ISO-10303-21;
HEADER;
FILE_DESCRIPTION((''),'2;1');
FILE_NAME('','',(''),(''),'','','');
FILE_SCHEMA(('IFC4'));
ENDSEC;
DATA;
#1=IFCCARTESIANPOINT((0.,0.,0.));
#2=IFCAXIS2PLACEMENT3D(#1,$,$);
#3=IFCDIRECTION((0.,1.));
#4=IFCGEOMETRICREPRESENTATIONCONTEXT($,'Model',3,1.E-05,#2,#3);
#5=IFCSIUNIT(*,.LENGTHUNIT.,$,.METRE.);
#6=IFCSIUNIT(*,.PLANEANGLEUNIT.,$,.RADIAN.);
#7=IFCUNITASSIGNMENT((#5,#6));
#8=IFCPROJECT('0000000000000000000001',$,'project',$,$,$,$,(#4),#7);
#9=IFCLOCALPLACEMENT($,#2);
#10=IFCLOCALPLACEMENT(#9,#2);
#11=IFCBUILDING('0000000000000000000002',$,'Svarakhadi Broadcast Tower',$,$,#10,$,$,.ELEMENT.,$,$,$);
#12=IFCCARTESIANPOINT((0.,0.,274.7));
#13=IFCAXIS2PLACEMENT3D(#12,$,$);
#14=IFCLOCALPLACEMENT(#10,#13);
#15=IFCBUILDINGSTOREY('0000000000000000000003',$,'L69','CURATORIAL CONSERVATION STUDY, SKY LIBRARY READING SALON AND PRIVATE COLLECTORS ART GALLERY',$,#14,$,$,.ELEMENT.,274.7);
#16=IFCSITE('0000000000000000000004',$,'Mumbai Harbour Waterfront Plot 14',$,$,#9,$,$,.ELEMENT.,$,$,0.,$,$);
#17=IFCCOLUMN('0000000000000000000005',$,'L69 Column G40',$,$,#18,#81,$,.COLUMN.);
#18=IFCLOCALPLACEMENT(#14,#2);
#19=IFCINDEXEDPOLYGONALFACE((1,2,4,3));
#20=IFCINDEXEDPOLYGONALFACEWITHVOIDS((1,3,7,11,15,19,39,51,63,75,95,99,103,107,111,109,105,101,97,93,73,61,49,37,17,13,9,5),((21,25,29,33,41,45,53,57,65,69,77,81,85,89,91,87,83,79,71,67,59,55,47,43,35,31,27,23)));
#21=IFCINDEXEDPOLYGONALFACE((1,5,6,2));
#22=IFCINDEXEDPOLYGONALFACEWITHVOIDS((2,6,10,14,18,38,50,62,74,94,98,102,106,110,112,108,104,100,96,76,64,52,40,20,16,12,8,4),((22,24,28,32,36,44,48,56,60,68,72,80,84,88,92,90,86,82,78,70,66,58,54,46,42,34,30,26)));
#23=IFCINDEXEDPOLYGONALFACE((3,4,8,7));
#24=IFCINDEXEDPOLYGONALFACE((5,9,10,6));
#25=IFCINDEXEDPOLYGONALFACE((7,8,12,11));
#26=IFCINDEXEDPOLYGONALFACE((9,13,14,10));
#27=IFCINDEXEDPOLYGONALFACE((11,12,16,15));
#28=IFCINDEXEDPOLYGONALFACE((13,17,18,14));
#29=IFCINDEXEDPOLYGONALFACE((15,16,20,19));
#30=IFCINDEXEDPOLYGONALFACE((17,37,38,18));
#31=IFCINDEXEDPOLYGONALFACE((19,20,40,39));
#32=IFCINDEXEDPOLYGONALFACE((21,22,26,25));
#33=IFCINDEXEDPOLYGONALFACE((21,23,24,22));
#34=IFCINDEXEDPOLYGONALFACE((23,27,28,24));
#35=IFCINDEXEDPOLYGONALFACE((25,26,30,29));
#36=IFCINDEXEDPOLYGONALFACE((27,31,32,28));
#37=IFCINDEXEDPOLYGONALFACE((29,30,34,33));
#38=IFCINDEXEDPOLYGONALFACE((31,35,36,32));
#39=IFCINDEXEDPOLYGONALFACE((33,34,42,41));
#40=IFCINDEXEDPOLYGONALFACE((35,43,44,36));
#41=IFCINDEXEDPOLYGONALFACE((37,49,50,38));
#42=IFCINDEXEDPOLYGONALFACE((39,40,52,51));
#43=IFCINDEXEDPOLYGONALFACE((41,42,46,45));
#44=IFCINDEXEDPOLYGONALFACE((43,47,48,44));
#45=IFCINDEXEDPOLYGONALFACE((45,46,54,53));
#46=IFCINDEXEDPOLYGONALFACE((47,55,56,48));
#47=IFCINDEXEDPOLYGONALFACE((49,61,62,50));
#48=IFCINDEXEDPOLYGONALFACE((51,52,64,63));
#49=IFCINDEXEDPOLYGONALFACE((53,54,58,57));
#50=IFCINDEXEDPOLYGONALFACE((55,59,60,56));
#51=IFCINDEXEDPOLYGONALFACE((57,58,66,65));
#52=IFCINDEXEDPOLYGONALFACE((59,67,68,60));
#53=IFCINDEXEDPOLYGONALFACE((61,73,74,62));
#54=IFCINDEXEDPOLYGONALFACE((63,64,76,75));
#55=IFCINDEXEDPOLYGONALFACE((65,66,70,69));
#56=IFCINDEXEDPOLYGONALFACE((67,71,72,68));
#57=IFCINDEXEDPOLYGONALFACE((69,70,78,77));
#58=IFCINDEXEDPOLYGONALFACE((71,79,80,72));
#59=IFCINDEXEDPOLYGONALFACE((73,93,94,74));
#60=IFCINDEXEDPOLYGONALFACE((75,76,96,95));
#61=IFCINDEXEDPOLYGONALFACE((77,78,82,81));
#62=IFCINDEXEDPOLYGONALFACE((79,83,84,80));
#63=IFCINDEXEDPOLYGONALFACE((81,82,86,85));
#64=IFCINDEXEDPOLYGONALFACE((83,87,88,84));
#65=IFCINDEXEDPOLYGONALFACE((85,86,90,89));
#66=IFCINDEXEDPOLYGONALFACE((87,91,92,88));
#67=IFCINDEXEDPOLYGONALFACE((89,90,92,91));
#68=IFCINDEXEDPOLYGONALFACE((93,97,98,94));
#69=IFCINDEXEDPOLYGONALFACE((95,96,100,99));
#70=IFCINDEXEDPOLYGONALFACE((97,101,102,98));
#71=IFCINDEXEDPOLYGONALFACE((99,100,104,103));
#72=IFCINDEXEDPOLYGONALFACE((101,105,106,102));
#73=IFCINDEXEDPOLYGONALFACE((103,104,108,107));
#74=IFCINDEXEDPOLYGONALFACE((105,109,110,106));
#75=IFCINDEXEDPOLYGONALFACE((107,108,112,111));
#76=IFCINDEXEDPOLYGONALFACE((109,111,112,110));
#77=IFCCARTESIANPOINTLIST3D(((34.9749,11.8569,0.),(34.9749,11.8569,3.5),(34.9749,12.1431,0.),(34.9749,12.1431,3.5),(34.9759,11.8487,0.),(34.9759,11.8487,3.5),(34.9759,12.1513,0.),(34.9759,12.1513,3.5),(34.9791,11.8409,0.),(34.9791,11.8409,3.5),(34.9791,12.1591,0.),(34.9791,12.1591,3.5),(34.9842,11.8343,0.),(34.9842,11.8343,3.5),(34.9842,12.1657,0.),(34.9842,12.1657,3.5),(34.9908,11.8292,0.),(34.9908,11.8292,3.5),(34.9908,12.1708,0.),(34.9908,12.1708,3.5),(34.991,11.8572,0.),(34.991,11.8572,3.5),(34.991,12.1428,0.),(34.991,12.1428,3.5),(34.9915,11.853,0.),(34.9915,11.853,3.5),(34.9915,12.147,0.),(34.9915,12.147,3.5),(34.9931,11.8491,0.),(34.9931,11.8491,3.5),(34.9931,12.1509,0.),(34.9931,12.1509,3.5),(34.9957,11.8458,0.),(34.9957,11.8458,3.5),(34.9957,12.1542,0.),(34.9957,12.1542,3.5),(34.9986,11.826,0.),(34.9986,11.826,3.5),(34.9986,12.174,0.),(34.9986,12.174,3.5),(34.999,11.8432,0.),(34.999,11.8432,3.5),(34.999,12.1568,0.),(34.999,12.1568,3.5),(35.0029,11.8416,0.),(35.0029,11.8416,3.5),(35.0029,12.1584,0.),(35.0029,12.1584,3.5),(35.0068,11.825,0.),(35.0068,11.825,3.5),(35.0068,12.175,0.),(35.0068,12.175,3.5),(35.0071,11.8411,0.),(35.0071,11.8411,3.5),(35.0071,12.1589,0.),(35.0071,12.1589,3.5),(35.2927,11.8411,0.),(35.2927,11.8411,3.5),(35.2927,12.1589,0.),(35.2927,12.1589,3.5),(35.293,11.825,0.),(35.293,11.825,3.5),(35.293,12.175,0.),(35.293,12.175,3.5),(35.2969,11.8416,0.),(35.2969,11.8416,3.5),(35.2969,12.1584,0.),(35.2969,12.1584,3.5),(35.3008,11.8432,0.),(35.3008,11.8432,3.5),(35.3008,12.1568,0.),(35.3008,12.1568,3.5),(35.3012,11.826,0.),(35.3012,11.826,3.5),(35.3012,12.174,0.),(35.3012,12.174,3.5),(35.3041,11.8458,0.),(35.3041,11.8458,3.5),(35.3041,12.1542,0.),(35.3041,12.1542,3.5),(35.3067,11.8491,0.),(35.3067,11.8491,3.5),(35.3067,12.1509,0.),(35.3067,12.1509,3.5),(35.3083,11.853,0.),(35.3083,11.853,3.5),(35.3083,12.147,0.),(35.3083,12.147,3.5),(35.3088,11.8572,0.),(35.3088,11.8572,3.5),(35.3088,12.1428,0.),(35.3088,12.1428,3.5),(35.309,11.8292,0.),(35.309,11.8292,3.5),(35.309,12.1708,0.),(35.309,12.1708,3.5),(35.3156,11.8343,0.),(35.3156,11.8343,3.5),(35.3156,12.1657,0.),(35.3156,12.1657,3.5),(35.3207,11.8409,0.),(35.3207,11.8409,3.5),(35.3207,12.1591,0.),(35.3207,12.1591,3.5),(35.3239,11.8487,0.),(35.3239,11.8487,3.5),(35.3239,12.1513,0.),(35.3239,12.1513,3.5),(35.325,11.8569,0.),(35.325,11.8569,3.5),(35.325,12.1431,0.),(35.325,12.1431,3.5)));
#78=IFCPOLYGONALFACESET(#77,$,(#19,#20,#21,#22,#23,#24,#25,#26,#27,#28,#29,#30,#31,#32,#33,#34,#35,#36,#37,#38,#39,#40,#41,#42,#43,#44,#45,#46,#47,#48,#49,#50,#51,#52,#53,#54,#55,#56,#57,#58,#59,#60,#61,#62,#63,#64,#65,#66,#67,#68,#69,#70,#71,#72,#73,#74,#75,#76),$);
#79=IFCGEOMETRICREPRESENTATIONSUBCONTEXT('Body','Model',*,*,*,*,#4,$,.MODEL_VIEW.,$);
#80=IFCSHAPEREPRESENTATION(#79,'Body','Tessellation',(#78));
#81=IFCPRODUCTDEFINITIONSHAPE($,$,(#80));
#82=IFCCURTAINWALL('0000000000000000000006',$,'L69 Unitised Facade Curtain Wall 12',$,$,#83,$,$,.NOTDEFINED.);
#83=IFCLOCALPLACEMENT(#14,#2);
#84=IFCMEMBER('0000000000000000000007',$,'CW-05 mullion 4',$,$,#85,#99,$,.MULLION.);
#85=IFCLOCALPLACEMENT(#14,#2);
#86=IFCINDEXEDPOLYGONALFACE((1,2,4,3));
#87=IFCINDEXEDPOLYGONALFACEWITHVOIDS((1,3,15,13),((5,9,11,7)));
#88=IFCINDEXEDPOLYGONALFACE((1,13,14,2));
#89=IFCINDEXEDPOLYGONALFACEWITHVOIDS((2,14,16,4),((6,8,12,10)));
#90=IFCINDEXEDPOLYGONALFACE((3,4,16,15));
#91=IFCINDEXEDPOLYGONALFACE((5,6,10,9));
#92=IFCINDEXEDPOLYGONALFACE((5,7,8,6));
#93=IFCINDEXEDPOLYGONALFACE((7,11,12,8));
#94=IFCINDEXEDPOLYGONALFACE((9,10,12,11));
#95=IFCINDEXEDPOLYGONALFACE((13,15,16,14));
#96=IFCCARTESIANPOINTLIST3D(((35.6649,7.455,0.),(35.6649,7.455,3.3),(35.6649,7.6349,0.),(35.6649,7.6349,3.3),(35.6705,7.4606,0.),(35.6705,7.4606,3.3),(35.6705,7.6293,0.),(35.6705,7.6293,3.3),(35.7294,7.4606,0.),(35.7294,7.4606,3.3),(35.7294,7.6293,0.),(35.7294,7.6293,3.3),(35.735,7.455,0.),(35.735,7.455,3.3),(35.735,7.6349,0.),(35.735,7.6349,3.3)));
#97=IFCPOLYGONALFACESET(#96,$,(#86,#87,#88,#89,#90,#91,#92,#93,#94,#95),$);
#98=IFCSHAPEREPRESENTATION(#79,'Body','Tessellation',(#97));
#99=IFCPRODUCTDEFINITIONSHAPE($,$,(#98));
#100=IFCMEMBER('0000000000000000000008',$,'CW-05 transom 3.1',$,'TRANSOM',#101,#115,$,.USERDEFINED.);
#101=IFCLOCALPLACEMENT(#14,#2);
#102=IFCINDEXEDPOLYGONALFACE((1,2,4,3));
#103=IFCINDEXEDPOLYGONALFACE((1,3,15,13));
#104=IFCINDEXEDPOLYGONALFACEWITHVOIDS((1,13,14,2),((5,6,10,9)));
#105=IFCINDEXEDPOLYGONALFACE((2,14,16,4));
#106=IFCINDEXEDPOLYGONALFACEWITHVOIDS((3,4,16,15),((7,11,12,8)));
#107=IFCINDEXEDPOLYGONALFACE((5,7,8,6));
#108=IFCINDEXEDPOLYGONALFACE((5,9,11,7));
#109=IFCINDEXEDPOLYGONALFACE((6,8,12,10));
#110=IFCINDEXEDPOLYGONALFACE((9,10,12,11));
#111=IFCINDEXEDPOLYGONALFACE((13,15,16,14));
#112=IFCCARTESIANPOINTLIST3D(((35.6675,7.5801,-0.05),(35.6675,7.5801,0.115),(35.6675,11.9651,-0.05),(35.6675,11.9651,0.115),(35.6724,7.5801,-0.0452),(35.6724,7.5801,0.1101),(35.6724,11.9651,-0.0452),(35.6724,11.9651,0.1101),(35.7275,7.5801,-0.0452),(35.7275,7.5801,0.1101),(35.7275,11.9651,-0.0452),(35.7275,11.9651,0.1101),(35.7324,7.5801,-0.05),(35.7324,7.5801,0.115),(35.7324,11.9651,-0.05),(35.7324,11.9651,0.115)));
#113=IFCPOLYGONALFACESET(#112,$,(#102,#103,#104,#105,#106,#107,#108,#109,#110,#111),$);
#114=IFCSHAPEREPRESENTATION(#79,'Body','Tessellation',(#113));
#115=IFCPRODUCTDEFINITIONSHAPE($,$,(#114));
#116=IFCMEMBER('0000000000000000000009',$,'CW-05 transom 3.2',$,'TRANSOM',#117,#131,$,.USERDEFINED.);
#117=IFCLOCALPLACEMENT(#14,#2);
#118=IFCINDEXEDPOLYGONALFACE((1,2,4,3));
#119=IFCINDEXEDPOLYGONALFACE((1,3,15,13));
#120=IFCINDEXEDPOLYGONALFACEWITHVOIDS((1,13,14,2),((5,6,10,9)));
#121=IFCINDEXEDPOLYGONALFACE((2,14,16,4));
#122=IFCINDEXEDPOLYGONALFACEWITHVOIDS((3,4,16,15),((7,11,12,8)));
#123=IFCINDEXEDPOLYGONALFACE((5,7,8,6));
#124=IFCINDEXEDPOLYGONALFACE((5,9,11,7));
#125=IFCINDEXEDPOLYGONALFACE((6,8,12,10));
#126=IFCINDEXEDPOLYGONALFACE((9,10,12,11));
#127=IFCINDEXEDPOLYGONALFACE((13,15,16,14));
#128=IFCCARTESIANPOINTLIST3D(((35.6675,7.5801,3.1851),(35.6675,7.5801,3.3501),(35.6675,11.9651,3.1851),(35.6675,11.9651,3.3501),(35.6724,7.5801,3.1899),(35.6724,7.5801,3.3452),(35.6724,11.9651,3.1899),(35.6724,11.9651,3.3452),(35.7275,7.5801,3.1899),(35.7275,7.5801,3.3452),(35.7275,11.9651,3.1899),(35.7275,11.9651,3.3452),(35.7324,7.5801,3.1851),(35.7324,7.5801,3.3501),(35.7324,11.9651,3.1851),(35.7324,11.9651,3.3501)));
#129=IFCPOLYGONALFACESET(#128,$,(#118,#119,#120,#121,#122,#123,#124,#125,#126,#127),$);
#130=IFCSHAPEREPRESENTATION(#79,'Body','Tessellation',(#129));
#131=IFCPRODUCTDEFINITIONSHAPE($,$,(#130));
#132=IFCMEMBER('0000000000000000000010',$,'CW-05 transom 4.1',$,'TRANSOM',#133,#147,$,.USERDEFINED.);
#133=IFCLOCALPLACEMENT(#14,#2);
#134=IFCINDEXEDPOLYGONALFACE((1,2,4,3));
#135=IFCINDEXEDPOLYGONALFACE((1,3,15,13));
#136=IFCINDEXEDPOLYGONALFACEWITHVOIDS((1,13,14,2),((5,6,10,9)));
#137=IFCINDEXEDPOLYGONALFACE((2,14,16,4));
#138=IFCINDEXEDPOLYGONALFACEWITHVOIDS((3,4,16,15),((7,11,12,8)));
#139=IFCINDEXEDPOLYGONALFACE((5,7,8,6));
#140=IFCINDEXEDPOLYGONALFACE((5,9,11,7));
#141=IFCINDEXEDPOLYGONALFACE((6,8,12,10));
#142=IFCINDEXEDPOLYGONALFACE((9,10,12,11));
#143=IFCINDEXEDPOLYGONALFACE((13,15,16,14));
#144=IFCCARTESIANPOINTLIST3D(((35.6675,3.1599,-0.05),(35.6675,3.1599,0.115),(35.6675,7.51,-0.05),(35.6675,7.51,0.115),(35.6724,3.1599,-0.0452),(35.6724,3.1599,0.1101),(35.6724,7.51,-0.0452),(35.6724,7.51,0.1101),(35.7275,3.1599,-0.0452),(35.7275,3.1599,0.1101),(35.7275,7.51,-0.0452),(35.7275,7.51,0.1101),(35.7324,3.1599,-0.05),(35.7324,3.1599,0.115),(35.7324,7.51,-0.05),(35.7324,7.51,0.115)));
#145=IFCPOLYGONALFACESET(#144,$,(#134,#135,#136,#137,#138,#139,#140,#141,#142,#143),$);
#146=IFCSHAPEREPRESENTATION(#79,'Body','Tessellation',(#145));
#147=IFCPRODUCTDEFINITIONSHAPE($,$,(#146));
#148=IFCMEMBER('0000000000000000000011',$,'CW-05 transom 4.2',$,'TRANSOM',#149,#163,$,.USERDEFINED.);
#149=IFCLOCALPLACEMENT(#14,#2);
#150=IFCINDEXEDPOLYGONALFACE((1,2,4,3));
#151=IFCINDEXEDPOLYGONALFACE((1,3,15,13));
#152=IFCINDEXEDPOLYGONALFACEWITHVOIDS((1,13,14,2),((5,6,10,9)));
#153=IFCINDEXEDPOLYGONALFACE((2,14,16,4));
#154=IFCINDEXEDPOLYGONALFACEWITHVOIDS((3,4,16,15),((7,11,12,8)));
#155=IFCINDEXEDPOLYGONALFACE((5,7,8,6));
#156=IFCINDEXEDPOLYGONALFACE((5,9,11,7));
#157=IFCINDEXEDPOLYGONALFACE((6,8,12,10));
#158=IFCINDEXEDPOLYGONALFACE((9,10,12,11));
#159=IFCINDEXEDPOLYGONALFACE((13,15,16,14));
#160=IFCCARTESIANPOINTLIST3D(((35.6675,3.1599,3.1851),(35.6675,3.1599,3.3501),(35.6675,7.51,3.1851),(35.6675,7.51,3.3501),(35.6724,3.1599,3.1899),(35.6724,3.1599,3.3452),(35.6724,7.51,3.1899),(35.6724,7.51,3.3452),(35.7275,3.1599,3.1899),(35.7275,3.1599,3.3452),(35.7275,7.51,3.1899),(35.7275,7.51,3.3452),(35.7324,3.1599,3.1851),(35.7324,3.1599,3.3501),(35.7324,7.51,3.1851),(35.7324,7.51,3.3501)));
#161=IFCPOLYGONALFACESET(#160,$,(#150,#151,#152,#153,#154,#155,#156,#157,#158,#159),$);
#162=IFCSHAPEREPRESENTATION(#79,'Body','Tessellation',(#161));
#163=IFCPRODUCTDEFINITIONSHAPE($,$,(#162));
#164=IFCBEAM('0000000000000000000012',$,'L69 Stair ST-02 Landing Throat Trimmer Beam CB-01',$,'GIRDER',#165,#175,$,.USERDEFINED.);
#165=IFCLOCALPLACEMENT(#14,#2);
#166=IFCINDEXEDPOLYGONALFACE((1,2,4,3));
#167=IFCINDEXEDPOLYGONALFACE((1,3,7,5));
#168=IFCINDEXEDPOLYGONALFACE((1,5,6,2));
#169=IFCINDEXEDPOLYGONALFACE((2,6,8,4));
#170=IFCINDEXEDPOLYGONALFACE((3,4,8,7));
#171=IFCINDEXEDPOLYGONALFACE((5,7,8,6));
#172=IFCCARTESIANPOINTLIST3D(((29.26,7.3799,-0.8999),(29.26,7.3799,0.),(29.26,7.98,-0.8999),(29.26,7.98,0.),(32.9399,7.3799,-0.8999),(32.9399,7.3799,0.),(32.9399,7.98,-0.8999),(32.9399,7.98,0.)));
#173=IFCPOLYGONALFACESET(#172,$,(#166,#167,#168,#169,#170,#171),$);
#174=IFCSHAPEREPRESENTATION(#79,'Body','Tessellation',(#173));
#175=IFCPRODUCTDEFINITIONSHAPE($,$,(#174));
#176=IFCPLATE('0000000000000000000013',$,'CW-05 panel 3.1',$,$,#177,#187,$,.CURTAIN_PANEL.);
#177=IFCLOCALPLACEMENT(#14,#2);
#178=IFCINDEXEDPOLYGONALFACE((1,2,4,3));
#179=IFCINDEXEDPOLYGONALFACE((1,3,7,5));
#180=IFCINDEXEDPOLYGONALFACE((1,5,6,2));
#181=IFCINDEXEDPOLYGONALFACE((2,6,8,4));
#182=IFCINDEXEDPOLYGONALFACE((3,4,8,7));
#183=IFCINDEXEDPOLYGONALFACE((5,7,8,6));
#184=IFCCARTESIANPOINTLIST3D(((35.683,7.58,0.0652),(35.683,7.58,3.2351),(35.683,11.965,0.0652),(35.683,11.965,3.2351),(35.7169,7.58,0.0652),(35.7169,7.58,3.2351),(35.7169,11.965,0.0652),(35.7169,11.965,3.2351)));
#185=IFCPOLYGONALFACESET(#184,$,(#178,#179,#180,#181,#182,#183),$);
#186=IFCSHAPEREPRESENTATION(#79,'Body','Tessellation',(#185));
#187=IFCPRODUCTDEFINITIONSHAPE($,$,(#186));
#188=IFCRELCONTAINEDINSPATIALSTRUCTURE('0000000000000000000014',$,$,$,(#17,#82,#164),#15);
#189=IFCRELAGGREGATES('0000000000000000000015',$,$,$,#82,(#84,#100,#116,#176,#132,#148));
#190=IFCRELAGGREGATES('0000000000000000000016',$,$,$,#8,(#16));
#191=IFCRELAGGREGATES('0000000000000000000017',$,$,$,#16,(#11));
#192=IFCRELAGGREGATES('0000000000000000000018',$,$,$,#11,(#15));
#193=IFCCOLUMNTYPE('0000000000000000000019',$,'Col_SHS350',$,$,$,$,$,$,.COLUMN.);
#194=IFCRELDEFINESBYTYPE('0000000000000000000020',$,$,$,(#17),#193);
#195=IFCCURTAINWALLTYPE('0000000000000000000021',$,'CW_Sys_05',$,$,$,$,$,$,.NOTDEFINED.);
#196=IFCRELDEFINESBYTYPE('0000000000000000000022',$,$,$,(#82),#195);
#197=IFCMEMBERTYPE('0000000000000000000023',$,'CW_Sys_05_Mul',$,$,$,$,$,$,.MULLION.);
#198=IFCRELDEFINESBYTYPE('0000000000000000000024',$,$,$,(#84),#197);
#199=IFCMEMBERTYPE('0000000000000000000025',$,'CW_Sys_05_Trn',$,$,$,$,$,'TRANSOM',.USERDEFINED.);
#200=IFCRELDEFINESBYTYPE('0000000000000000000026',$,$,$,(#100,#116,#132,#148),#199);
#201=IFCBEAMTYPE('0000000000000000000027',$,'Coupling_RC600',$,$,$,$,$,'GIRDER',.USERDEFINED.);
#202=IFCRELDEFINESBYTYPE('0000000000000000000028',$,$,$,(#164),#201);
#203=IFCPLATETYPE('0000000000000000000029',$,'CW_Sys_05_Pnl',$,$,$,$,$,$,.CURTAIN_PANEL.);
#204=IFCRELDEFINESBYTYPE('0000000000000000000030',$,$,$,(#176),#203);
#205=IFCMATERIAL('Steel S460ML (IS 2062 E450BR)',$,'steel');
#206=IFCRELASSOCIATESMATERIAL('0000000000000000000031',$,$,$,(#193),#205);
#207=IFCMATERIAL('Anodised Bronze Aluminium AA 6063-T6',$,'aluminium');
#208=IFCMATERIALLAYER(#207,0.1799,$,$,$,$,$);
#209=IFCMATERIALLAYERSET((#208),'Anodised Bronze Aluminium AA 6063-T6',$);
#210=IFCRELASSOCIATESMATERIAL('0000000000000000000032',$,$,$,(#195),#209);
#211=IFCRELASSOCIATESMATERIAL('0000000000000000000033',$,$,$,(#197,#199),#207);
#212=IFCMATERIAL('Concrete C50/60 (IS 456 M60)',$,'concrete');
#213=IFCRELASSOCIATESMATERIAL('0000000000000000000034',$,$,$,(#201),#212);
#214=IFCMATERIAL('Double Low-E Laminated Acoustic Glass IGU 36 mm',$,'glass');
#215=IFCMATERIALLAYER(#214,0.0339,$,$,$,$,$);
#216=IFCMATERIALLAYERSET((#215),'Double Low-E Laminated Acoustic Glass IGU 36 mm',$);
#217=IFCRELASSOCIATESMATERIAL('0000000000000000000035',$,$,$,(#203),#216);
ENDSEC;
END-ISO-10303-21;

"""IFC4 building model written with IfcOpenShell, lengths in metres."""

from ifc_helpers import new_model, si_unit, direction, frame, origin, origin_2d, place, context, subcontext, project, spatial, rectangle, hollow_rectangle, extrude, material, layer, layer_set, material_profile, profile_set, type_object, element, aggregate, save


model = new_model("IFC4")

# Units and contexts
model_context = context("Model", 3, precision=1e-05, world=origin(), true_north=direction((0.0, 1.0)))
body_context = subcontext(model_context, "Body", "Model", "MODEL_VIEW")
ifc_project = project(units=[si_unit("LENGTHUNIT", "METRE"), si_unit("PLANEANGLEUNIT", "RADIAN")], contexts=[model_context])

# Site, building, storey
site_placement = place(None, origin())
site = spatial("IfcSite", under=ifc_project, at=site_placement, Name="Mumbai Harbour Waterfront Plot 14", CompositionType="ELEMENT", RefElevation=0.0)
building_placement = place(site_placement, origin())
building = spatial("IfcBuilding", under=site, at=building_placement, Name="Svarakhadi Broadcast Tower", CompositionType="ELEMENT")
storey_placement = place(building_placement, frame((0.0, 0.0, 274.7)))
storey = spatial("IfcBuildingStorey", under=building, at=storey_placement, Name="L69", Description="CURATORIAL CONSERVATION STUDY, SKY LIBRARY READING SALON AND PRIVATE COLLECTORS ART GALLERY", CompositionType="ELEMENT", Elevation=274.7)

# Column
ifc_material_1 = material(Name="Steel S460ML (IS 2062 E450BR)", Category="steel")
ifc_material_profile_1 = material_profile(ifc_material_1, hollow_rectangle(XDim=0.3501, YDim=0.3501, WallThickness=0.0161, InnerFilletRadius=0.0161, OuterFilletRadius=0.032, at=origin_2d()), Name="SHS 350x350x16")
ifc_profile_set_1 = profile_set([ifc_material_profile_1], Name="Steel S460ML (IS 2062 E450BR)")
column_type = type_object("IfcColumnType", Name="Col_SHS350", PredefinedType="COLUMN", material=ifc_profile_set_1)
column_placement = place(storey_placement, frame((35.1499, 12.0, 0.0), z_axis=(0.0, 0.0, 1.0), x_axis=(1.0, 0.0, 0.0)))
element("IfcColumn", 1, at=column_placement, inside=storey, type_object=column_type, Name="L69 Column G40", PredefinedType="COLUMN", context=body_context, shape_type="SweptSolid", body=[
    extrude(hollow_rectangle(XDim=0.3501, YDim=0.3501, WallThickness=0.0161, InnerFilletRadius=0.0161, OuterFilletRadius=0.032, at=origin_2d()), origin(), (0.0, 0.0, 1.0), 3.5),
])

# Curtain wall, members
ifc_material_2 = material(Name="Anodised Bronze Aluminium AA 6063-T6", Category="aluminium")
ifc_layer_1 = layer(ifc_material_2, 0.1799)
ifc_layer_set_1 = layer_set([ifc_layer_1], Name="Anodised Bronze Aluminium AA 6063-T6")
curtain_wall_type = type_object("IfcCurtainWallType", Name="CW_Sys_05", PredefinedType="NOTDEFINED", material=ifc_layer_set_1)
curtain_wall_placement = place(storey_placement, origin())
curtain_wall = element("IfcCurtainWall", 2, at=curtain_wall_placement, inside=storey, type_object=curtain_wall_type, Name="L69 Unitised Facade Curtain Wall 12", PredefinedType="NOTDEFINED")
ifc_material_profile_2 = material_profile(ifc_material_2, hollow_rectangle(XDim=0.0701, YDim=0.1799, WallThickness=0.0056, at=origin_2d()), Name="ALU MULLION 180x70x6")
ifc_profile_set_2 = profile_set([ifc_material_profile_2], Name="Anodised Bronze Aluminium AA 6063-T6")
member_type_1 = type_object("IfcMemberType", Name="CW_Sys_05_Mul", PredefinedType="MULLION", material=ifc_profile_set_2)
member_1_placement = place(storey_placement, frame((35.7, 7.5449, 0.0), z_axis=(0.0, 0.0, 1.0), x_axis=(1.0, 0.0, 0.0)))
member_1 = element("IfcMember", 3, at=member_1_placement, type_object=member_type_1, Name="CW-05 mullion 4", PredefinedType="MULLION", context=body_context, shape_type="SweptSolid", body=[
    extrude(hollow_rectangle(XDim=0.0701, YDim=0.1799, WallThickness=0.0056, at=origin_2d()), origin(), (0.0, 0.0, 1.0), 3.3),
])
ifc_material_profile_3 = material_profile(ifc_material_2, hollow_rectangle(XDim=0.0649, YDim=0.165, WallThickness=0.0049, at=origin_2d()), Name="ALU TRANSOM 165x65x5")
ifc_profile_set_3 = profile_set([ifc_material_profile_3], Name="Anodised Bronze Aluminium AA 6063-T6")
member_type_2 = type_object("IfcMemberType", Name="CW_Sys_05_Trn", ElementType="TRANSOM", PredefinedType="USERDEFINED", material=ifc_profile_set_3)
member_2_placement = place(storey_placement, frame((35.7, 11.9651, 0.0325), z_axis=(0.0, -1.0, 0.0), x_axis=(1.0, 0.0, 0.0)))
member_2 = element("IfcMember", 4, at=member_2_placement, type_object=member_type_2, Name="CW-05 transom 3.1", ObjectType="TRANSOM", PredefinedType="USERDEFINED", context=body_context, shape_type="SweptSolid", body=[
    extrude(hollow_rectangle(XDim=0.0649, YDim=0.165, WallThickness=0.0049, at=origin_2d()), origin(), (0.0, 0.0, 1.0), 4.385),
])
member_3_placement = place(storey_placement, frame((35.7, 11.9651, 3.2676), z_axis=(0.0, -1.0, 0.0), x_axis=(1.0, 0.0, 0.0)))
member_3 = element("IfcMember", 5, at=member_3_placement, type_object=member_type_2, Name="CW-05 transom 3.2", ObjectType="TRANSOM", PredefinedType="USERDEFINED", context=body_context, shape_type="SweptSolid", body=[
    extrude(hollow_rectangle(XDim=0.0649, YDim=0.165, WallThickness=0.0049, at=origin_2d()), origin(), (0.0, 0.0, 1.0), 4.385),
])
member_4_placement = place(storey_placement, frame((35.7, 7.51, 0.0325), z_axis=(0.0, -1.0, 0.0), x_axis=(1.0, 0.0, 0.0)))
member_4 = element("IfcMember", 6, at=member_4_placement, type_object=member_type_2, Name="CW-05 transom 4.1", ObjectType="TRANSOM", PredefinedType="USERDEFINED", context=body_context, shape_type="SweptSolid", body=[
    extrude(hollow_rectangle(XDim=0.0649, YDim=0.165, WallThickness=0.0049, at=origin_2d()), origin(), (0.0, 0.0, 1.0), 4.3501),
])
member_5_placement = place(storey_placement, frame((35.7, 7.51, 3.2676), z_axis=(0.0, -1.0, 0.0), x_axis=(1.0, 0.0, 0.0)))
member_5 = element("IfcMember", 7, at=member_5_placement, type_object=member_type_2, Name="CW-05 transom 4.2", ObjectType="TRANSOM", PredefinedType="USERDEFINED", context=body_context, shape_type="SweptSolid", body=[
    extrude(hollow_rectangle(XDim=0.0649, YDim=0.165, WallThickness=0.0049, at=origin_2d()), origin(), (0.0, 0.0, 1.0), 4.3501),
])

# Beam
ifc_material_3 = material(Name="Concrete C50/60 (IS 456 M60)", Category="concrete")
ifc_material_profile_4 = material_profile(ifc_material_3, rectangle(XDim=0.6001, YDim=0.8999, at=origin_2d()), Name="RC 600x900")
ifc_profile_set_4 = profile_set([ifc_material_profile_4], Name="Concrete C50/60 (IS 456 M60)")
beam_type = type_object("IfcBeamType", Name="Coupling_RC600", ElementType="GIRDER", PredefinedType="USERDEFINED", material=ifc_profile_set_4)
beam_placement = place(storey_placement, frame((29.26, 7.6799, -0.45), z_axis=(1.0, 0.0, 0.0), x_axis=(0.0, 1.0, 0.0)))
element("IfcBeam", 8, at=beam_placement, inside=storey, type_object=beam_type, Name="L69 Stair ST-02 Landing Throat Trimmer Beam CB-01", ObjectType="GIRDER", PredefinedType="USERDEFINED", context=body_context, shape_type="SweptSolid", body=[
    extrude(rectangle(XDim=0.6001, YDim=0.8999, at=origin_2d()), origin(), (0.0, 0.0, 1.0), 3.6799),
])

# Plate
ifc_material_4 = material(Name="Double Low-E Laminated Acoustic Glass IGU 36 mm", Category="glass")
ifc_layer_2 = layer(ifc_material_4, 0.0339)
ifc_layer_set_2 = layer_set([ifc_layer_2], Name="Double Low-E Laminated Acoustic Glass IGU 36 mm")
plate_type = type_object("IfcPlateType", Name="CW_Sys_05_Pnl", PredefinedType="CURTAIN_PANEL", material=ifc_layer_set_2)
plate_placement = place(storey_placement, frame((35.7, 9.7725, 0.0652), z_axis=(0.0, 0.0, 1.0), x_axis=(0.0, -1.0, 0.0)))
plate = element("IfcPlate", 9, at=plate_placement, type_object=plate_type, Name="CW-05 panel 3.1", PredefinedType="CURTAIN_PANEL", context=body_context, shape_type="SweptSolid", body=[
    extrude(rectangle(XDim=4.385, YDim=0.0339, at=origin_2d()), origin(), (0.0, 0.0, 1.0), 3.1699),
])
aggregate(curtain_wall, [member_1, member_2, member_3, plate, member_4, member_5])

save(model, "model.ifc")
